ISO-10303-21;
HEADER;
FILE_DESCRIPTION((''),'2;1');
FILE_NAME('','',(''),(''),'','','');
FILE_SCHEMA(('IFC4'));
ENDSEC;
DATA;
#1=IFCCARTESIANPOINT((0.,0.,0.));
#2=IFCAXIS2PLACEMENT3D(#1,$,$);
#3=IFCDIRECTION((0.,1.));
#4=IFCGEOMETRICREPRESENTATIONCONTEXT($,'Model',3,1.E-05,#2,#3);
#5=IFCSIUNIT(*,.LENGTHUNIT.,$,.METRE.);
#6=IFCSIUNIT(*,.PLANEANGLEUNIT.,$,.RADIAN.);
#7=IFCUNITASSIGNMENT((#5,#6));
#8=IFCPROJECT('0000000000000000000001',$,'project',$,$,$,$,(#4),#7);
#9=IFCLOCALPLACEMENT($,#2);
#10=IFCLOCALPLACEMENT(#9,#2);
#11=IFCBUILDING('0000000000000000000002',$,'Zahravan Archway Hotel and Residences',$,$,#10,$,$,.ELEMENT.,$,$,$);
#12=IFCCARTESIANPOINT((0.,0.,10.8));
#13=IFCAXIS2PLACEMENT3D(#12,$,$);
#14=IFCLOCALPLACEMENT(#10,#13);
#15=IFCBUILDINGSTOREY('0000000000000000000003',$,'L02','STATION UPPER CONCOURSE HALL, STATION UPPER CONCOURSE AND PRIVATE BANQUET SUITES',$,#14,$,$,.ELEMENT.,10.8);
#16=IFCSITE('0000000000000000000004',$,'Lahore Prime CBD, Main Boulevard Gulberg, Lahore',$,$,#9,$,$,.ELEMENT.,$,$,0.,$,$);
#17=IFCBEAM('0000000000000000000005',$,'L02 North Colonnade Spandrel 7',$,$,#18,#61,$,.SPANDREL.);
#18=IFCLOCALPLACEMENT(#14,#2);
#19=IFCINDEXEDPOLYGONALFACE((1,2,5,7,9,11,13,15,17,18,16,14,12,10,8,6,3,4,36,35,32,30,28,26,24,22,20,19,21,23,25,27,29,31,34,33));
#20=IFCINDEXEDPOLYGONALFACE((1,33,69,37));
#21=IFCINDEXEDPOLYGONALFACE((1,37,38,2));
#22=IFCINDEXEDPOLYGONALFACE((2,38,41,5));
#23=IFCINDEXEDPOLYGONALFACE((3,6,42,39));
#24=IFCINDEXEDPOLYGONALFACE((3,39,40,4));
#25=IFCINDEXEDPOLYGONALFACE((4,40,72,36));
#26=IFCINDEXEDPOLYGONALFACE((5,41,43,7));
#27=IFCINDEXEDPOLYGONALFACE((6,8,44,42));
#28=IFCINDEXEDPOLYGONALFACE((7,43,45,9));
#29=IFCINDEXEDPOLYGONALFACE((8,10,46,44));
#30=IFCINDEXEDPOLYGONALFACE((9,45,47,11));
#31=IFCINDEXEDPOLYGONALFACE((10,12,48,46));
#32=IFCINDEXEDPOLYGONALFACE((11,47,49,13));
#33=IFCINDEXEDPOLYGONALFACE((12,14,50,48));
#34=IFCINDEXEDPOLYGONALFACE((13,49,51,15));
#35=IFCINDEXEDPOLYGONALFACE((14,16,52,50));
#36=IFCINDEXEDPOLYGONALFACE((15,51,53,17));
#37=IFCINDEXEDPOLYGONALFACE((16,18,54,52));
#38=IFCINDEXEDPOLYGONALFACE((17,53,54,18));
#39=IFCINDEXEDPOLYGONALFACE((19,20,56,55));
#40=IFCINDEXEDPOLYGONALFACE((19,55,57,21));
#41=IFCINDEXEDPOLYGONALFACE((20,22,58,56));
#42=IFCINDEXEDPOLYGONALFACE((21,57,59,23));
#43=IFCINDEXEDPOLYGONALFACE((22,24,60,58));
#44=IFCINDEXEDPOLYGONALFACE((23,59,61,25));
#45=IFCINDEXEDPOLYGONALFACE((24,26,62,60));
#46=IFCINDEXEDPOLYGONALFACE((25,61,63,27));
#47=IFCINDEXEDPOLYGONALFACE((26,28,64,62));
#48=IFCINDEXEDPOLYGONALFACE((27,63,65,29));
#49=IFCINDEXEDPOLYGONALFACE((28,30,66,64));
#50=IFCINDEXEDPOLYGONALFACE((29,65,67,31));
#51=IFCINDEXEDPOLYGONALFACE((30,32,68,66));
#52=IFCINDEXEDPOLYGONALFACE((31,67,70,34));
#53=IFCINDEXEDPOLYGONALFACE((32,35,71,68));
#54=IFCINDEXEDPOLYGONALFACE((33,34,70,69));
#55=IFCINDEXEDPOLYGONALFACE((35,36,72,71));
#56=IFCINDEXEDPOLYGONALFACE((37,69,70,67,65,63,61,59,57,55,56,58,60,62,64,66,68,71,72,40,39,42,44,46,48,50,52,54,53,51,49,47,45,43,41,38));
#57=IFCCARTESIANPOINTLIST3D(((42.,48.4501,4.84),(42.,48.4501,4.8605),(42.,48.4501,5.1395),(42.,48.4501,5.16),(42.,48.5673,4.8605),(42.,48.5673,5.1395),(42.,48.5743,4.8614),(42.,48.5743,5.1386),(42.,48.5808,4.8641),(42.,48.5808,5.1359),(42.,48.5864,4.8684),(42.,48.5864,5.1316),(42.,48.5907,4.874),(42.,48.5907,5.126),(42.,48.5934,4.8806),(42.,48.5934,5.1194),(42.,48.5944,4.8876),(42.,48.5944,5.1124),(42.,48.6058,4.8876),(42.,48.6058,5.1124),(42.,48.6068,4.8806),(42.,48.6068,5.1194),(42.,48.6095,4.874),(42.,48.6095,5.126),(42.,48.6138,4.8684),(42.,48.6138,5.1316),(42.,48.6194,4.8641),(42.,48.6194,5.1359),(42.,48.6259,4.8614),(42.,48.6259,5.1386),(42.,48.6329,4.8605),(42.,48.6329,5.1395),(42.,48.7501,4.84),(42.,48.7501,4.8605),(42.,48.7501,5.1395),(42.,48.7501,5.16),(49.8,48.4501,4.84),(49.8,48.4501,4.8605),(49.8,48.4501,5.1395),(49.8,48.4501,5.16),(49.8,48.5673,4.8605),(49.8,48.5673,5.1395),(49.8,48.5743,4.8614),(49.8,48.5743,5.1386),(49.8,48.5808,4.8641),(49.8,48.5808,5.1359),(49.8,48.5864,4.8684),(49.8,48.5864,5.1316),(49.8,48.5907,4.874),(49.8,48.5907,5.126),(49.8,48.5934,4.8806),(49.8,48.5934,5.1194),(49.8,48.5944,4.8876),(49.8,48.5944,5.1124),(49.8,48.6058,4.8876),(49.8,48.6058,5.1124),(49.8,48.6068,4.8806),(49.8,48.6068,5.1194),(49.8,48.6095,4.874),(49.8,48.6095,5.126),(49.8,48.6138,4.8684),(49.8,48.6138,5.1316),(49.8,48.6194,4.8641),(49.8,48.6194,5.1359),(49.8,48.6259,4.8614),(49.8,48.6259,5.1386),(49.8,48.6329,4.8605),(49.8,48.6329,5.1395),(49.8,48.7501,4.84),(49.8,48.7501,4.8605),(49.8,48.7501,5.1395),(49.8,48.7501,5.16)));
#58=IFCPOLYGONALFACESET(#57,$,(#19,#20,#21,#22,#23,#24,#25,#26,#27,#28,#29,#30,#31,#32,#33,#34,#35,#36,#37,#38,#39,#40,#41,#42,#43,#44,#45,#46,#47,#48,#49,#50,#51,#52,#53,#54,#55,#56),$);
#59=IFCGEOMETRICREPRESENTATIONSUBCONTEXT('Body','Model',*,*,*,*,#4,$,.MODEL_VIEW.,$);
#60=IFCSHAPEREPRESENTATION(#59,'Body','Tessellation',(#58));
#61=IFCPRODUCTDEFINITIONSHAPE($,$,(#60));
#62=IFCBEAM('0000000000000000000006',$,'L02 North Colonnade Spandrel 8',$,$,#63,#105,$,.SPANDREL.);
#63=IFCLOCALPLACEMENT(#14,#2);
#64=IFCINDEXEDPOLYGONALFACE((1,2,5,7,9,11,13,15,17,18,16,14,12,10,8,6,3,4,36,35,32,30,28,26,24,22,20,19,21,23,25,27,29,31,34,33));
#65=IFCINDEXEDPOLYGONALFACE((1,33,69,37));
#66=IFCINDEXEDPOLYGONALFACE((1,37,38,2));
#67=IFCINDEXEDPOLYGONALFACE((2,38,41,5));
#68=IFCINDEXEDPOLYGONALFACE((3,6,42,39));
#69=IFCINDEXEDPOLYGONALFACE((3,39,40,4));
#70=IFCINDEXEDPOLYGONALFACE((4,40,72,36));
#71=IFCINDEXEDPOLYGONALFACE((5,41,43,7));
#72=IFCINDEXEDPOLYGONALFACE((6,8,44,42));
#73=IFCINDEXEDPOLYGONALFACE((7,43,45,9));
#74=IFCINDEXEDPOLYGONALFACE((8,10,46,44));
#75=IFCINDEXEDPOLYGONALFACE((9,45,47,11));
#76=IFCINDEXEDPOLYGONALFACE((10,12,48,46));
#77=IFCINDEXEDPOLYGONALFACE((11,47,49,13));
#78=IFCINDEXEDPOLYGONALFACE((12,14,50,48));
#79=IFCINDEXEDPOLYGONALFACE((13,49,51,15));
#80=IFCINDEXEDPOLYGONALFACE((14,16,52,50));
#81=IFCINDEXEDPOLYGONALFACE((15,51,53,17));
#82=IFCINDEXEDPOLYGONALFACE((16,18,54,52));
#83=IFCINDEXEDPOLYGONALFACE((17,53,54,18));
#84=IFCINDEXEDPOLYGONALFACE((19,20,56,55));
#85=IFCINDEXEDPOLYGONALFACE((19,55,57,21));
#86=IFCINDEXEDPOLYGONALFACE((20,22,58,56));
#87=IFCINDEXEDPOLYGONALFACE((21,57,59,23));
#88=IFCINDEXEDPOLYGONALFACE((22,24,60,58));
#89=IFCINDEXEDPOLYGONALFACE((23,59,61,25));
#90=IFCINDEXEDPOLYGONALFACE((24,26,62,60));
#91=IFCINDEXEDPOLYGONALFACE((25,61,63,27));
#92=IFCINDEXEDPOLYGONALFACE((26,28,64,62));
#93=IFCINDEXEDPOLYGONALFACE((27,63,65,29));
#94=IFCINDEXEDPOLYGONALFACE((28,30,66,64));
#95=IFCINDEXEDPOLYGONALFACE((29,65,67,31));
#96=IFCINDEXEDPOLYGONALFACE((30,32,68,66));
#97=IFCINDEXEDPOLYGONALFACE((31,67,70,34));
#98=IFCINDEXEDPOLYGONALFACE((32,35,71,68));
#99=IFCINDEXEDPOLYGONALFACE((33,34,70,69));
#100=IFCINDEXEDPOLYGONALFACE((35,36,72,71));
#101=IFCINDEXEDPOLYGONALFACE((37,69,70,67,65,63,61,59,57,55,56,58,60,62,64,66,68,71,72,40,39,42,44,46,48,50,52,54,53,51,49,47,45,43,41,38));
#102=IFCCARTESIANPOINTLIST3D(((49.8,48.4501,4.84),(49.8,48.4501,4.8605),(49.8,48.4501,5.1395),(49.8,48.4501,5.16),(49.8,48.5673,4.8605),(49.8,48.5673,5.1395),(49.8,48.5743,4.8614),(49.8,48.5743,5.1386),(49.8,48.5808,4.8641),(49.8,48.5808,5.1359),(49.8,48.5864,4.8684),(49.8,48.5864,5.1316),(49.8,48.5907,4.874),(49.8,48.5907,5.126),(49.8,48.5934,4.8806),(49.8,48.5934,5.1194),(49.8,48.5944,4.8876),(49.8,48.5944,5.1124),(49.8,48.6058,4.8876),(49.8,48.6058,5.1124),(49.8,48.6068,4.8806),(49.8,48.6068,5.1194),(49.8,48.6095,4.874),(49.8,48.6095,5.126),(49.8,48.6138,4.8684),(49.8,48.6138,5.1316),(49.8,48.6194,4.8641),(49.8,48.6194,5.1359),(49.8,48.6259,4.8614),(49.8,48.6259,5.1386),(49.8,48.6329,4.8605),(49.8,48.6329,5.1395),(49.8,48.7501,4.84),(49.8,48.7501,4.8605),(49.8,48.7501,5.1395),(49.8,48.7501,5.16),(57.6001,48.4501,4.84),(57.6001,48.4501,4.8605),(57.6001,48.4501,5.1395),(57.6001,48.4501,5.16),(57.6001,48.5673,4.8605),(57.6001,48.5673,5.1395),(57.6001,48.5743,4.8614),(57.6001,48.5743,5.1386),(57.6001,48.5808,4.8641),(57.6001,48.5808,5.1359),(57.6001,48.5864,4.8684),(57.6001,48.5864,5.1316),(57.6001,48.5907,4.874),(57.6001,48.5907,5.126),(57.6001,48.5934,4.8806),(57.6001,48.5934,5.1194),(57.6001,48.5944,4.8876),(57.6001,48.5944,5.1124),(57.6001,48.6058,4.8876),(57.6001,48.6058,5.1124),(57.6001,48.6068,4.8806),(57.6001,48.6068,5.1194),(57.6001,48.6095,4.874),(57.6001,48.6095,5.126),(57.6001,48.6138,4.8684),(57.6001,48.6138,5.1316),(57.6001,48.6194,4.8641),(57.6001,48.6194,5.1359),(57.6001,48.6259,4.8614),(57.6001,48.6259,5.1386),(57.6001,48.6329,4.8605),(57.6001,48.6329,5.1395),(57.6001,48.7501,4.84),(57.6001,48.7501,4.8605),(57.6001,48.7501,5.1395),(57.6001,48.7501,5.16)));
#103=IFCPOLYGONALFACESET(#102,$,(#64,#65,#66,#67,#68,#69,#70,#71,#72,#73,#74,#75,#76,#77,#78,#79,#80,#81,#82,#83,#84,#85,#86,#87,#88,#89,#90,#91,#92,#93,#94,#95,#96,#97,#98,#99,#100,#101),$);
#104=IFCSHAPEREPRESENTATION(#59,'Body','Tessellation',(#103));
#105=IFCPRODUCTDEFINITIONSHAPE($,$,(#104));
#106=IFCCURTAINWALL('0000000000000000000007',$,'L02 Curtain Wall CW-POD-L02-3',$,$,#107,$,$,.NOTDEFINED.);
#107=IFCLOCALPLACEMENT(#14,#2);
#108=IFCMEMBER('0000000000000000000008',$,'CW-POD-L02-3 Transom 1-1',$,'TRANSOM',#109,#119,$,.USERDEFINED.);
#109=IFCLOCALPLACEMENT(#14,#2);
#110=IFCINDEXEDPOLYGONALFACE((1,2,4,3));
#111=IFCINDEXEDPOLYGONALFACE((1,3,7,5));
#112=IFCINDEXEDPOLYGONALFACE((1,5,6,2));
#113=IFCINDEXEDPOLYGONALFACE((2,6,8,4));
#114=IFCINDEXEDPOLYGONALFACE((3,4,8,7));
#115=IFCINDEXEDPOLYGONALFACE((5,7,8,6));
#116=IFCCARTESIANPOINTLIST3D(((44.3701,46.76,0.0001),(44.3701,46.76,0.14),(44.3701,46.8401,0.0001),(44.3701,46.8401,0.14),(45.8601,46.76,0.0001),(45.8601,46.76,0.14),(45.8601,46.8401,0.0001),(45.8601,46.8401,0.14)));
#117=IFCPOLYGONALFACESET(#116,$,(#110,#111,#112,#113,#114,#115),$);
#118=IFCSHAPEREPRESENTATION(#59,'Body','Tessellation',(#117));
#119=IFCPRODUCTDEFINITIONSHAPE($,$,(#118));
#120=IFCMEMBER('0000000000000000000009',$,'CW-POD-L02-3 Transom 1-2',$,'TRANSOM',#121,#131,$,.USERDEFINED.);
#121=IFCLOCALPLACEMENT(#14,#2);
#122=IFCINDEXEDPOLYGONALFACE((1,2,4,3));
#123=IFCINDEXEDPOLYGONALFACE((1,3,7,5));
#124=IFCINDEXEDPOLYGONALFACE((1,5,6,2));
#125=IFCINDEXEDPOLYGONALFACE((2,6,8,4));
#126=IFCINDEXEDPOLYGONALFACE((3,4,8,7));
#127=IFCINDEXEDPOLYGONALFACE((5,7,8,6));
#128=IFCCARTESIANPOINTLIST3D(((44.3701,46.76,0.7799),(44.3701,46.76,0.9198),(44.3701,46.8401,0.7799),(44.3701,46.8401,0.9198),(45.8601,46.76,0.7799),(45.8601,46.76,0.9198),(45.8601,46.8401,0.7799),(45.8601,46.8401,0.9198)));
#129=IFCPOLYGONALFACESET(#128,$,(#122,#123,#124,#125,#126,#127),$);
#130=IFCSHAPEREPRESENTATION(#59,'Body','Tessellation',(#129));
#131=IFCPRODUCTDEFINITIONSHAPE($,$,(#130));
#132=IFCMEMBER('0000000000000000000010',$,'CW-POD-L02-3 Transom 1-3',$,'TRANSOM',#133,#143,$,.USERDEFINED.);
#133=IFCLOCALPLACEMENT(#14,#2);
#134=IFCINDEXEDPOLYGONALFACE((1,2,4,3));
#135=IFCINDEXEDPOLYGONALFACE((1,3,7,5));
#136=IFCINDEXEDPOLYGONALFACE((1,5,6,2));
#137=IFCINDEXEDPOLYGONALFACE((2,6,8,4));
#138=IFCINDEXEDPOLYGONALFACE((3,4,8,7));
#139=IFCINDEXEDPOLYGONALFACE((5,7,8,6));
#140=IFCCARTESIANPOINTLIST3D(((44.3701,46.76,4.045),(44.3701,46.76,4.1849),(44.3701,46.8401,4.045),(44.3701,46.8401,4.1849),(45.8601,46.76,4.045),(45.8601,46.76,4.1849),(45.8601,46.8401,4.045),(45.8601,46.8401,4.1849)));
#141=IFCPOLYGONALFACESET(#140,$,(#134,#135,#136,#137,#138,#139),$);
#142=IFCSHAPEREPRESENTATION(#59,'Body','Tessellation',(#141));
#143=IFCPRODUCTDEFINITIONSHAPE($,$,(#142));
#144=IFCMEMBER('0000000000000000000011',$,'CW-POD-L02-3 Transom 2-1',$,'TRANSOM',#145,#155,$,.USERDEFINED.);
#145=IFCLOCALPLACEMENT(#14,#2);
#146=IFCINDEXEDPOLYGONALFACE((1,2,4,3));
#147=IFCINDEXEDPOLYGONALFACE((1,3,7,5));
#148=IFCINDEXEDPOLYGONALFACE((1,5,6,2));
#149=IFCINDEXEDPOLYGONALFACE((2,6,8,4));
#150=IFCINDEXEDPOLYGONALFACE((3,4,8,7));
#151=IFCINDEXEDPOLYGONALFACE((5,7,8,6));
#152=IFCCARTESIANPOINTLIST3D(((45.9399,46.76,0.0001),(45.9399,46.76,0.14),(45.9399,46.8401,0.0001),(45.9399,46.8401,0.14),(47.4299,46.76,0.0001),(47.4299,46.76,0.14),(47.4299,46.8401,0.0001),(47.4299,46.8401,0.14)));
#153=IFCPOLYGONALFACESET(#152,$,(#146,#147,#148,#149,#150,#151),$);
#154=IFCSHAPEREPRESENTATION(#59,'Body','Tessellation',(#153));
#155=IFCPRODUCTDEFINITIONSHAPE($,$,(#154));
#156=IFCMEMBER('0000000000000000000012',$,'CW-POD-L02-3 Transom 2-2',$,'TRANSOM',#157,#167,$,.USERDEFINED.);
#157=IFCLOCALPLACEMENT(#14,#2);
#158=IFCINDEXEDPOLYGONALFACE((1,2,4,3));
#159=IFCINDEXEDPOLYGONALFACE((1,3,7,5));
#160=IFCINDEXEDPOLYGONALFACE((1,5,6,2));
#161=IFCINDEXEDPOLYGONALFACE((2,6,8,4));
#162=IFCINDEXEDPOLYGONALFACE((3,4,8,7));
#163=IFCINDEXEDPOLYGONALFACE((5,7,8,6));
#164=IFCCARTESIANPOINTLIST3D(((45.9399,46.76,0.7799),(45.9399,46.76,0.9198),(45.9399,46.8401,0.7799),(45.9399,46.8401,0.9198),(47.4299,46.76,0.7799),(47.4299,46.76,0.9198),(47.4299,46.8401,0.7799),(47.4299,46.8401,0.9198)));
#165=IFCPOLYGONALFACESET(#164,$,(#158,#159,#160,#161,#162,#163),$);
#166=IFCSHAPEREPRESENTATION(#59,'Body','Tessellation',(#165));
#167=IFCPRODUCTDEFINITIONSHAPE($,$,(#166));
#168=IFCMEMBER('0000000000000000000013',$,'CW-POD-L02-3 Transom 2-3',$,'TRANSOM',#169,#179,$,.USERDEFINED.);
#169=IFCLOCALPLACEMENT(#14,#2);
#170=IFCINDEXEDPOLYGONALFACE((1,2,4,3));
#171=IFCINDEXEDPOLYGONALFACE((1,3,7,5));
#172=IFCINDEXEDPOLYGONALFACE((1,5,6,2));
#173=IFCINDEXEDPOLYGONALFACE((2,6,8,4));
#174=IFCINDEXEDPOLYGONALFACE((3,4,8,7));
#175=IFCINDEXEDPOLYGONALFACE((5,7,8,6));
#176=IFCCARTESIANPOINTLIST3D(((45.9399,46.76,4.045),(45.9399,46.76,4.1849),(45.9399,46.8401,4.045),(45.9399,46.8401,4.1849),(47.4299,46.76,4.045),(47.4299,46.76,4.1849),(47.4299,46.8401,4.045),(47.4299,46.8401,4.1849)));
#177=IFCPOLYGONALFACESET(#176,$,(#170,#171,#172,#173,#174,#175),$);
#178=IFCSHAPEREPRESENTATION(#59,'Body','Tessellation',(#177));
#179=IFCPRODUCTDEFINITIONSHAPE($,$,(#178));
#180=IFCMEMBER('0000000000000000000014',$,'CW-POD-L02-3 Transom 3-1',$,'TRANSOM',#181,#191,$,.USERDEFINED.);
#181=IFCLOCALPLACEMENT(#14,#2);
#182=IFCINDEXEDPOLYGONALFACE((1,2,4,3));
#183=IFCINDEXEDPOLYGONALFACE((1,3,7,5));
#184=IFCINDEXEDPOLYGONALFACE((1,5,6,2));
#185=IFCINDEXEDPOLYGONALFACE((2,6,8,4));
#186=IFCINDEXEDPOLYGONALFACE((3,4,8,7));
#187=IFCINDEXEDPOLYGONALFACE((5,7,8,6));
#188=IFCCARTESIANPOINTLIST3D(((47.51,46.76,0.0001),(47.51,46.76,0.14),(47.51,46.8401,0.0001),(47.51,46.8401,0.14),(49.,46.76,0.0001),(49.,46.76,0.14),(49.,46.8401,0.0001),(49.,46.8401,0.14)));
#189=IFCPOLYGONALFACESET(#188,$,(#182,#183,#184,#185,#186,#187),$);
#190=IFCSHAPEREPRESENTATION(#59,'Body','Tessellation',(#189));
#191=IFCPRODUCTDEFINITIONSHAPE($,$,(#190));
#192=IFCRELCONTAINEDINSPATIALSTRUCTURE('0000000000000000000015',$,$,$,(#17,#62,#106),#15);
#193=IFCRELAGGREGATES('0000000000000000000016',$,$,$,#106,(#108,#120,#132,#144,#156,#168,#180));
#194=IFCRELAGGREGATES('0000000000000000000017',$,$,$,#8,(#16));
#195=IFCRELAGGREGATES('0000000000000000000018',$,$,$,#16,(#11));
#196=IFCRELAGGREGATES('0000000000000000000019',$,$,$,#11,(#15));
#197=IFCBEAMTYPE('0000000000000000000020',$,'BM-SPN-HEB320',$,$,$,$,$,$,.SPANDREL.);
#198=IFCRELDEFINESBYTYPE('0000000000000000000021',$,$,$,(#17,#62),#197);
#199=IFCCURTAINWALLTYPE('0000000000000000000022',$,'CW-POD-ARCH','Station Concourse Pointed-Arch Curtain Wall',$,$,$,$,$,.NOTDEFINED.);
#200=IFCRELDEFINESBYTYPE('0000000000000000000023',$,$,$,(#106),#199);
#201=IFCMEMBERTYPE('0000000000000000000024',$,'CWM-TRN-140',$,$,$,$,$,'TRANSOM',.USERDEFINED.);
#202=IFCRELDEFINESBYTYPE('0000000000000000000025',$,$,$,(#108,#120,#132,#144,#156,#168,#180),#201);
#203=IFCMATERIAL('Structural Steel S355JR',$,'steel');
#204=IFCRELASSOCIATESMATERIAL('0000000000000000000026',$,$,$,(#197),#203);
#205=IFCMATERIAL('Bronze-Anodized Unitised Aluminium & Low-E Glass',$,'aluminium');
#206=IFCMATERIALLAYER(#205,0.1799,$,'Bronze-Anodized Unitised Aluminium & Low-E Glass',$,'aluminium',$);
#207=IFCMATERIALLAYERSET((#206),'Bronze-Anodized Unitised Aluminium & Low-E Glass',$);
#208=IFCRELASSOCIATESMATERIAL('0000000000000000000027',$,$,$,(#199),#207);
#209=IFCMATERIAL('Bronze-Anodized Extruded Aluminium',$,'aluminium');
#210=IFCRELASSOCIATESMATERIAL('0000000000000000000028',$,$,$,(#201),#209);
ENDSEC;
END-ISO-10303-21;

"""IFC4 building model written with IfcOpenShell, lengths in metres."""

from ifc_helpers import new_model, si_unit, direction, frame, origin, origin_2d, place, context, subcontext, project, spatial, rectangle, i_section, extrude, source, transform, mapped, material, layer, layer_set, material_profile, profile_set, type_object, element, aggregate, save


model = new_model("IFC4")

# Units and contexts
model_context = context("Model", 3, precision=1e-05, world=origin(), true_north=direction((0.0, 1.0)))
body_context = subcontext(model_context, "Body", "Model", "MODEL_VIEW")
ifc_project = project(units=[si_unit("LENGTHUNIT", "METRE"), si_unit("PLANEANGLEUNIT", "RADIAN")], contexts=[model_context])

# Site, building, storey
site_placement = place(None, origin())
site = spatial("IfcSite", under=ifc_project, at=site_placement, Name="Lahore Prime CBD, Main Boulevard Gulberg, Lahore", CompositionType="ELEMENT", RefElevation=0.0)
building_placement = place(site_placement, origin())
building = spatial("IfcBuilding", under=site, at=building_placement, Name="Zahravan Archway Hotel and Residences", CompositionType="ELEMENT")
storey_placement = place(building_placement, frame((0.0, 0.0, 10.8)))
storey = spatial("IfcBuildingStorey", under=building, at=storey_placement, Name="L02", Description="STATION UPPER CONCOURSE HALL, STATION UPPER CONCOURSE AND PRIVATE BANQUET SUITES", CompositionType="ELEMENT", Elevation=10.8)

# Beams
ifc_material_1 = material(Name="Structural Steel S355JR", Category="steel")
ifc_material_profile_1 = material_profile(ifc_material_1, i_section(OverallWidth=0.3, OverallDepth=0.3201, WebThickness=0.0115, FlangeThickness=0.0205, FilletRadius=0.0271, at=origin_2d()), Name="HEB 320", Category="steel")
ifc_profile_set_1 = profile_set([ifc_material_profile_1], Name="Structural Steel S355JR")
beam_type_1 = type_object("IfcBeamType", Name="BM-SPN-HEB320", PredefinedType="SPANDREL", material=ifc_profile_set_1)
shared_shape_1 = source(origin(), body_context, "Body", "SweptSolid", [
    extrude(i_section(OverallWidth=0.3, OverallDepth=0.3201, WebThickness=0.0115, FlangeThickness=0.0205, FilletRadius=0.0271, at=origin_2d()), origin(), (0.0, 0.0, 1.0), 7.8),
])
for number, where, z_axis, x_axis, name in (
    (1, (42.0, 48.6001, 5.0), (1.0, 0.0, 0.0), (0.0, 1.0, 0.0), "L02 North Colonnade Spandrel 7"),
    (2, (49.8, 48.6001, 5.0), (1.0, 0.0, 0.0), (0.0, 1.0, 0.0), "L02 North Colonnade Spandrel 8"),
):
    element("IfcBeam", number, at=place(storey_placement, frame(where, z_axis=z_axis, x_axis=x_axis)), inside=storey, type_object=beam_type_1, Name=name, PredefinedType="SPANDREL", context=body_context, shape_type="MappedRepresentation", body=[
        mapped(shared_shape_1, transform((0.0, 0.0, 0.0), scale=1.0)),
    ])

# Curtain wall, members
ifc_material_2 = material(Name="Bronze-Anodized Unitised Aluminium & Low-E Glass", Category="aluminium")
ifc_layer_1 = layer(ifc_material_2, 0.1799, Name="Bronze-Anodized Unitised Aluminium & Low-E Glass", Category="aluminium")
ifc_layer_set_1 = layer_set([ifc_layer_1], Name="Bronze-Anodized Unitised Aluminium & Low-E Glass")
curtain_wall_type = type_object("IfcCurtainWallType", Name="CW-POD-ARCH", Description="Station Concourse Pointed-Arch Curtain Wall", PredefinedType="NOTDEFINED", material=ifc_layer_set_1)
curtain_wall_placement = place(storey_placement, origin())
curtain_wall = element("IfcCurtainWall", 3, at=curtain_wall_placement, inside=storey, type_object=curtain_wall_type, Name="L02 Curtain Wall CW-POD-L02-3", PredefinedType="NOTDEFINED")
ifc_material_3 = material(Name="Bronze-Anodized Extruded Aluminium", Category="aluminium")
ifc_material_profile_2 = material_profile(ifc_material_3, rectangle(XDim=0.0801, YDim=0.1399, at=origin_2d()), Name="TRN 80x140", Category="aluminium")
ifc_profile_set_2 = profile_set([ifc_material_profile_2], Name="Bronze-Anodized Extruded Aluminium")
member_type_1 = type_object("IfcMemberType", Name="CWM-TRN-140", ElementType="TRANSOM", PredefinedType="USERDEFINED", material=ifc_profile_set_2)
shared_shape_2 = source(origin(), body_context, "Body", "SweptSolid", [
    extrude(rectangle(XDim=0.0801, YDim=0.1399, at=origin_2d()), origin(), (0.0, 0.0, 1.0), 1.49),
])
member_1_placement = place(storey_placement, frame((44.3701, 46.8, 0.0701), z_axis=(1.0, 0.0, 0.0), x_axis=(0.0, 1.0, 0.0)))
member_1 = element("IfcMember", 4, at=member_1_placement, type_object=member_type_1, Name="CW-POD-L02-3 Transom 1-1", ObjectType="TRANSOM", PredefinedType="USERDEFINED", context=body_context, shape_type="MappedRepresentation", body=[
    mapped(shared_shape_2, transform((0.0, 0.0, 0.0), scale=1.0)),
])
member_2_placement = place(storey_placement, frame((44.3701, 46.8, 0.8499), z_axis=(1.0, 0.0, 0.0), x_axis=(0.0, 1.0, 0.0)))
member_2 = element("IfcMember", 5, at=member_2_placement, type_object=member_type_1, Name="CW-POD-L02-3 Transom 1-2", ObjectType="TRANSOM", PredefinedType="USERDEFINED", context=body_context, shape_type="MappedRepresentation", body=[
    mapped(shared_shape_2, transform((0.0, 0.0, 0.0), scale=1.0)),
])
member_3_placement = place(storey_placement, frame((44.3701, 46.8, 4.115), z_axis=(1.0, 0.0, 0.0), x_axis=(0.0, 1.0, 0.0)))
member_3 = element("IfcMember", 6, at=member_3_placement, type_object=member_type_1, Name="CW-POD-L02-3 Transom 1-3", ObjectType="TRANSOM", PredefinedType="USERDEFINED", context=body_context, shape_type="MappedRepresentation", body=[
    mapped(shared_shape_2, transform((0.0, 0.0, 0.0), scale=1.0)),
])
member_4_placement = place(storey_placement, frame((45.9399, 46.8, 0.0701), z_axis=(1.0, 0.0, 0.0), x_axis=(0.0, 1.0, 0.0)))
member_4 = element("IfcMember", 7, at=member_4_placement, type_object=member_type_1, Name="CW-POD-L02-3 Transom 2-1", ObjectType="TRANSOM", PredefinedType="USERDEFINED", context=body_context, shape_type="MappedRepresentation", body=[
    mapped(shared_shape_2, transform((0.0, 0.0, 0.0), scale=1.0)),
])
member_5_placement = place(storey_placement, frame((45.9399, 46.8, 0.8499), z_axis=(1.0, 0.0, 0.0), x_axis=(0.0, 1.0, 0.0)))
member_5 = element("IfcMember", 8, at=member_5_placement, type_object=member_type_1, Name="CW-POD-L02-3 Transom 2-2", ObjectType="TRANSOM", PredefinedType="USERDEFINED", context=body_context, shape_type="MappedRepresentation", body=[
    mapped(shared_shape_2, transform((0.0, 0.0, 0.0), scale=1.0)),
])
member_6_placement = place(storey_placement, frame((45.9399, 46.8, 4.115), z_axis=(1.0, 0.0, 0.0), x_axis=(0.0, 1.0, 0.0)))
member_6 = element("IfcMember", 9, at=member_6_placement, type_object=member_type_1, Name="CW-POD-L02-3 Transom 2-3", ObjectType="TRANSOM", PredefinedType="USERDEFINED", context=body_context, shape_type="MappedRepresentation", body=[
    mapped(shared_shape_2, transform((0.0, 0.0, 0.0), scale=1.0)),
])
member_7_placement = place(storey_placement, frame((47.51, 46.8, 0.0701), z_axis=(1.0, 0.0, 0.0), x_axis=(0.0, 1.0, 0.0)))
member_7 = element("IfcMember", 10, at=member_7_placement, type_object=member_type_1, Name="CW-POD-L02-3 Transom 3-1", ObjectType="TRANSOM", PredefinedType="USERDEFINED", context=body_context, shape_type="MappedRepresentation", body=[
    mapped(shared_shape_2, transform((0.0, 0.0, 0.0), scale=1.0)),
])

aggregate(curtain_wall, [member_1, member_2, member_3, member_4, member_5, member_6, member_7])

save(model, "model.ifc")
